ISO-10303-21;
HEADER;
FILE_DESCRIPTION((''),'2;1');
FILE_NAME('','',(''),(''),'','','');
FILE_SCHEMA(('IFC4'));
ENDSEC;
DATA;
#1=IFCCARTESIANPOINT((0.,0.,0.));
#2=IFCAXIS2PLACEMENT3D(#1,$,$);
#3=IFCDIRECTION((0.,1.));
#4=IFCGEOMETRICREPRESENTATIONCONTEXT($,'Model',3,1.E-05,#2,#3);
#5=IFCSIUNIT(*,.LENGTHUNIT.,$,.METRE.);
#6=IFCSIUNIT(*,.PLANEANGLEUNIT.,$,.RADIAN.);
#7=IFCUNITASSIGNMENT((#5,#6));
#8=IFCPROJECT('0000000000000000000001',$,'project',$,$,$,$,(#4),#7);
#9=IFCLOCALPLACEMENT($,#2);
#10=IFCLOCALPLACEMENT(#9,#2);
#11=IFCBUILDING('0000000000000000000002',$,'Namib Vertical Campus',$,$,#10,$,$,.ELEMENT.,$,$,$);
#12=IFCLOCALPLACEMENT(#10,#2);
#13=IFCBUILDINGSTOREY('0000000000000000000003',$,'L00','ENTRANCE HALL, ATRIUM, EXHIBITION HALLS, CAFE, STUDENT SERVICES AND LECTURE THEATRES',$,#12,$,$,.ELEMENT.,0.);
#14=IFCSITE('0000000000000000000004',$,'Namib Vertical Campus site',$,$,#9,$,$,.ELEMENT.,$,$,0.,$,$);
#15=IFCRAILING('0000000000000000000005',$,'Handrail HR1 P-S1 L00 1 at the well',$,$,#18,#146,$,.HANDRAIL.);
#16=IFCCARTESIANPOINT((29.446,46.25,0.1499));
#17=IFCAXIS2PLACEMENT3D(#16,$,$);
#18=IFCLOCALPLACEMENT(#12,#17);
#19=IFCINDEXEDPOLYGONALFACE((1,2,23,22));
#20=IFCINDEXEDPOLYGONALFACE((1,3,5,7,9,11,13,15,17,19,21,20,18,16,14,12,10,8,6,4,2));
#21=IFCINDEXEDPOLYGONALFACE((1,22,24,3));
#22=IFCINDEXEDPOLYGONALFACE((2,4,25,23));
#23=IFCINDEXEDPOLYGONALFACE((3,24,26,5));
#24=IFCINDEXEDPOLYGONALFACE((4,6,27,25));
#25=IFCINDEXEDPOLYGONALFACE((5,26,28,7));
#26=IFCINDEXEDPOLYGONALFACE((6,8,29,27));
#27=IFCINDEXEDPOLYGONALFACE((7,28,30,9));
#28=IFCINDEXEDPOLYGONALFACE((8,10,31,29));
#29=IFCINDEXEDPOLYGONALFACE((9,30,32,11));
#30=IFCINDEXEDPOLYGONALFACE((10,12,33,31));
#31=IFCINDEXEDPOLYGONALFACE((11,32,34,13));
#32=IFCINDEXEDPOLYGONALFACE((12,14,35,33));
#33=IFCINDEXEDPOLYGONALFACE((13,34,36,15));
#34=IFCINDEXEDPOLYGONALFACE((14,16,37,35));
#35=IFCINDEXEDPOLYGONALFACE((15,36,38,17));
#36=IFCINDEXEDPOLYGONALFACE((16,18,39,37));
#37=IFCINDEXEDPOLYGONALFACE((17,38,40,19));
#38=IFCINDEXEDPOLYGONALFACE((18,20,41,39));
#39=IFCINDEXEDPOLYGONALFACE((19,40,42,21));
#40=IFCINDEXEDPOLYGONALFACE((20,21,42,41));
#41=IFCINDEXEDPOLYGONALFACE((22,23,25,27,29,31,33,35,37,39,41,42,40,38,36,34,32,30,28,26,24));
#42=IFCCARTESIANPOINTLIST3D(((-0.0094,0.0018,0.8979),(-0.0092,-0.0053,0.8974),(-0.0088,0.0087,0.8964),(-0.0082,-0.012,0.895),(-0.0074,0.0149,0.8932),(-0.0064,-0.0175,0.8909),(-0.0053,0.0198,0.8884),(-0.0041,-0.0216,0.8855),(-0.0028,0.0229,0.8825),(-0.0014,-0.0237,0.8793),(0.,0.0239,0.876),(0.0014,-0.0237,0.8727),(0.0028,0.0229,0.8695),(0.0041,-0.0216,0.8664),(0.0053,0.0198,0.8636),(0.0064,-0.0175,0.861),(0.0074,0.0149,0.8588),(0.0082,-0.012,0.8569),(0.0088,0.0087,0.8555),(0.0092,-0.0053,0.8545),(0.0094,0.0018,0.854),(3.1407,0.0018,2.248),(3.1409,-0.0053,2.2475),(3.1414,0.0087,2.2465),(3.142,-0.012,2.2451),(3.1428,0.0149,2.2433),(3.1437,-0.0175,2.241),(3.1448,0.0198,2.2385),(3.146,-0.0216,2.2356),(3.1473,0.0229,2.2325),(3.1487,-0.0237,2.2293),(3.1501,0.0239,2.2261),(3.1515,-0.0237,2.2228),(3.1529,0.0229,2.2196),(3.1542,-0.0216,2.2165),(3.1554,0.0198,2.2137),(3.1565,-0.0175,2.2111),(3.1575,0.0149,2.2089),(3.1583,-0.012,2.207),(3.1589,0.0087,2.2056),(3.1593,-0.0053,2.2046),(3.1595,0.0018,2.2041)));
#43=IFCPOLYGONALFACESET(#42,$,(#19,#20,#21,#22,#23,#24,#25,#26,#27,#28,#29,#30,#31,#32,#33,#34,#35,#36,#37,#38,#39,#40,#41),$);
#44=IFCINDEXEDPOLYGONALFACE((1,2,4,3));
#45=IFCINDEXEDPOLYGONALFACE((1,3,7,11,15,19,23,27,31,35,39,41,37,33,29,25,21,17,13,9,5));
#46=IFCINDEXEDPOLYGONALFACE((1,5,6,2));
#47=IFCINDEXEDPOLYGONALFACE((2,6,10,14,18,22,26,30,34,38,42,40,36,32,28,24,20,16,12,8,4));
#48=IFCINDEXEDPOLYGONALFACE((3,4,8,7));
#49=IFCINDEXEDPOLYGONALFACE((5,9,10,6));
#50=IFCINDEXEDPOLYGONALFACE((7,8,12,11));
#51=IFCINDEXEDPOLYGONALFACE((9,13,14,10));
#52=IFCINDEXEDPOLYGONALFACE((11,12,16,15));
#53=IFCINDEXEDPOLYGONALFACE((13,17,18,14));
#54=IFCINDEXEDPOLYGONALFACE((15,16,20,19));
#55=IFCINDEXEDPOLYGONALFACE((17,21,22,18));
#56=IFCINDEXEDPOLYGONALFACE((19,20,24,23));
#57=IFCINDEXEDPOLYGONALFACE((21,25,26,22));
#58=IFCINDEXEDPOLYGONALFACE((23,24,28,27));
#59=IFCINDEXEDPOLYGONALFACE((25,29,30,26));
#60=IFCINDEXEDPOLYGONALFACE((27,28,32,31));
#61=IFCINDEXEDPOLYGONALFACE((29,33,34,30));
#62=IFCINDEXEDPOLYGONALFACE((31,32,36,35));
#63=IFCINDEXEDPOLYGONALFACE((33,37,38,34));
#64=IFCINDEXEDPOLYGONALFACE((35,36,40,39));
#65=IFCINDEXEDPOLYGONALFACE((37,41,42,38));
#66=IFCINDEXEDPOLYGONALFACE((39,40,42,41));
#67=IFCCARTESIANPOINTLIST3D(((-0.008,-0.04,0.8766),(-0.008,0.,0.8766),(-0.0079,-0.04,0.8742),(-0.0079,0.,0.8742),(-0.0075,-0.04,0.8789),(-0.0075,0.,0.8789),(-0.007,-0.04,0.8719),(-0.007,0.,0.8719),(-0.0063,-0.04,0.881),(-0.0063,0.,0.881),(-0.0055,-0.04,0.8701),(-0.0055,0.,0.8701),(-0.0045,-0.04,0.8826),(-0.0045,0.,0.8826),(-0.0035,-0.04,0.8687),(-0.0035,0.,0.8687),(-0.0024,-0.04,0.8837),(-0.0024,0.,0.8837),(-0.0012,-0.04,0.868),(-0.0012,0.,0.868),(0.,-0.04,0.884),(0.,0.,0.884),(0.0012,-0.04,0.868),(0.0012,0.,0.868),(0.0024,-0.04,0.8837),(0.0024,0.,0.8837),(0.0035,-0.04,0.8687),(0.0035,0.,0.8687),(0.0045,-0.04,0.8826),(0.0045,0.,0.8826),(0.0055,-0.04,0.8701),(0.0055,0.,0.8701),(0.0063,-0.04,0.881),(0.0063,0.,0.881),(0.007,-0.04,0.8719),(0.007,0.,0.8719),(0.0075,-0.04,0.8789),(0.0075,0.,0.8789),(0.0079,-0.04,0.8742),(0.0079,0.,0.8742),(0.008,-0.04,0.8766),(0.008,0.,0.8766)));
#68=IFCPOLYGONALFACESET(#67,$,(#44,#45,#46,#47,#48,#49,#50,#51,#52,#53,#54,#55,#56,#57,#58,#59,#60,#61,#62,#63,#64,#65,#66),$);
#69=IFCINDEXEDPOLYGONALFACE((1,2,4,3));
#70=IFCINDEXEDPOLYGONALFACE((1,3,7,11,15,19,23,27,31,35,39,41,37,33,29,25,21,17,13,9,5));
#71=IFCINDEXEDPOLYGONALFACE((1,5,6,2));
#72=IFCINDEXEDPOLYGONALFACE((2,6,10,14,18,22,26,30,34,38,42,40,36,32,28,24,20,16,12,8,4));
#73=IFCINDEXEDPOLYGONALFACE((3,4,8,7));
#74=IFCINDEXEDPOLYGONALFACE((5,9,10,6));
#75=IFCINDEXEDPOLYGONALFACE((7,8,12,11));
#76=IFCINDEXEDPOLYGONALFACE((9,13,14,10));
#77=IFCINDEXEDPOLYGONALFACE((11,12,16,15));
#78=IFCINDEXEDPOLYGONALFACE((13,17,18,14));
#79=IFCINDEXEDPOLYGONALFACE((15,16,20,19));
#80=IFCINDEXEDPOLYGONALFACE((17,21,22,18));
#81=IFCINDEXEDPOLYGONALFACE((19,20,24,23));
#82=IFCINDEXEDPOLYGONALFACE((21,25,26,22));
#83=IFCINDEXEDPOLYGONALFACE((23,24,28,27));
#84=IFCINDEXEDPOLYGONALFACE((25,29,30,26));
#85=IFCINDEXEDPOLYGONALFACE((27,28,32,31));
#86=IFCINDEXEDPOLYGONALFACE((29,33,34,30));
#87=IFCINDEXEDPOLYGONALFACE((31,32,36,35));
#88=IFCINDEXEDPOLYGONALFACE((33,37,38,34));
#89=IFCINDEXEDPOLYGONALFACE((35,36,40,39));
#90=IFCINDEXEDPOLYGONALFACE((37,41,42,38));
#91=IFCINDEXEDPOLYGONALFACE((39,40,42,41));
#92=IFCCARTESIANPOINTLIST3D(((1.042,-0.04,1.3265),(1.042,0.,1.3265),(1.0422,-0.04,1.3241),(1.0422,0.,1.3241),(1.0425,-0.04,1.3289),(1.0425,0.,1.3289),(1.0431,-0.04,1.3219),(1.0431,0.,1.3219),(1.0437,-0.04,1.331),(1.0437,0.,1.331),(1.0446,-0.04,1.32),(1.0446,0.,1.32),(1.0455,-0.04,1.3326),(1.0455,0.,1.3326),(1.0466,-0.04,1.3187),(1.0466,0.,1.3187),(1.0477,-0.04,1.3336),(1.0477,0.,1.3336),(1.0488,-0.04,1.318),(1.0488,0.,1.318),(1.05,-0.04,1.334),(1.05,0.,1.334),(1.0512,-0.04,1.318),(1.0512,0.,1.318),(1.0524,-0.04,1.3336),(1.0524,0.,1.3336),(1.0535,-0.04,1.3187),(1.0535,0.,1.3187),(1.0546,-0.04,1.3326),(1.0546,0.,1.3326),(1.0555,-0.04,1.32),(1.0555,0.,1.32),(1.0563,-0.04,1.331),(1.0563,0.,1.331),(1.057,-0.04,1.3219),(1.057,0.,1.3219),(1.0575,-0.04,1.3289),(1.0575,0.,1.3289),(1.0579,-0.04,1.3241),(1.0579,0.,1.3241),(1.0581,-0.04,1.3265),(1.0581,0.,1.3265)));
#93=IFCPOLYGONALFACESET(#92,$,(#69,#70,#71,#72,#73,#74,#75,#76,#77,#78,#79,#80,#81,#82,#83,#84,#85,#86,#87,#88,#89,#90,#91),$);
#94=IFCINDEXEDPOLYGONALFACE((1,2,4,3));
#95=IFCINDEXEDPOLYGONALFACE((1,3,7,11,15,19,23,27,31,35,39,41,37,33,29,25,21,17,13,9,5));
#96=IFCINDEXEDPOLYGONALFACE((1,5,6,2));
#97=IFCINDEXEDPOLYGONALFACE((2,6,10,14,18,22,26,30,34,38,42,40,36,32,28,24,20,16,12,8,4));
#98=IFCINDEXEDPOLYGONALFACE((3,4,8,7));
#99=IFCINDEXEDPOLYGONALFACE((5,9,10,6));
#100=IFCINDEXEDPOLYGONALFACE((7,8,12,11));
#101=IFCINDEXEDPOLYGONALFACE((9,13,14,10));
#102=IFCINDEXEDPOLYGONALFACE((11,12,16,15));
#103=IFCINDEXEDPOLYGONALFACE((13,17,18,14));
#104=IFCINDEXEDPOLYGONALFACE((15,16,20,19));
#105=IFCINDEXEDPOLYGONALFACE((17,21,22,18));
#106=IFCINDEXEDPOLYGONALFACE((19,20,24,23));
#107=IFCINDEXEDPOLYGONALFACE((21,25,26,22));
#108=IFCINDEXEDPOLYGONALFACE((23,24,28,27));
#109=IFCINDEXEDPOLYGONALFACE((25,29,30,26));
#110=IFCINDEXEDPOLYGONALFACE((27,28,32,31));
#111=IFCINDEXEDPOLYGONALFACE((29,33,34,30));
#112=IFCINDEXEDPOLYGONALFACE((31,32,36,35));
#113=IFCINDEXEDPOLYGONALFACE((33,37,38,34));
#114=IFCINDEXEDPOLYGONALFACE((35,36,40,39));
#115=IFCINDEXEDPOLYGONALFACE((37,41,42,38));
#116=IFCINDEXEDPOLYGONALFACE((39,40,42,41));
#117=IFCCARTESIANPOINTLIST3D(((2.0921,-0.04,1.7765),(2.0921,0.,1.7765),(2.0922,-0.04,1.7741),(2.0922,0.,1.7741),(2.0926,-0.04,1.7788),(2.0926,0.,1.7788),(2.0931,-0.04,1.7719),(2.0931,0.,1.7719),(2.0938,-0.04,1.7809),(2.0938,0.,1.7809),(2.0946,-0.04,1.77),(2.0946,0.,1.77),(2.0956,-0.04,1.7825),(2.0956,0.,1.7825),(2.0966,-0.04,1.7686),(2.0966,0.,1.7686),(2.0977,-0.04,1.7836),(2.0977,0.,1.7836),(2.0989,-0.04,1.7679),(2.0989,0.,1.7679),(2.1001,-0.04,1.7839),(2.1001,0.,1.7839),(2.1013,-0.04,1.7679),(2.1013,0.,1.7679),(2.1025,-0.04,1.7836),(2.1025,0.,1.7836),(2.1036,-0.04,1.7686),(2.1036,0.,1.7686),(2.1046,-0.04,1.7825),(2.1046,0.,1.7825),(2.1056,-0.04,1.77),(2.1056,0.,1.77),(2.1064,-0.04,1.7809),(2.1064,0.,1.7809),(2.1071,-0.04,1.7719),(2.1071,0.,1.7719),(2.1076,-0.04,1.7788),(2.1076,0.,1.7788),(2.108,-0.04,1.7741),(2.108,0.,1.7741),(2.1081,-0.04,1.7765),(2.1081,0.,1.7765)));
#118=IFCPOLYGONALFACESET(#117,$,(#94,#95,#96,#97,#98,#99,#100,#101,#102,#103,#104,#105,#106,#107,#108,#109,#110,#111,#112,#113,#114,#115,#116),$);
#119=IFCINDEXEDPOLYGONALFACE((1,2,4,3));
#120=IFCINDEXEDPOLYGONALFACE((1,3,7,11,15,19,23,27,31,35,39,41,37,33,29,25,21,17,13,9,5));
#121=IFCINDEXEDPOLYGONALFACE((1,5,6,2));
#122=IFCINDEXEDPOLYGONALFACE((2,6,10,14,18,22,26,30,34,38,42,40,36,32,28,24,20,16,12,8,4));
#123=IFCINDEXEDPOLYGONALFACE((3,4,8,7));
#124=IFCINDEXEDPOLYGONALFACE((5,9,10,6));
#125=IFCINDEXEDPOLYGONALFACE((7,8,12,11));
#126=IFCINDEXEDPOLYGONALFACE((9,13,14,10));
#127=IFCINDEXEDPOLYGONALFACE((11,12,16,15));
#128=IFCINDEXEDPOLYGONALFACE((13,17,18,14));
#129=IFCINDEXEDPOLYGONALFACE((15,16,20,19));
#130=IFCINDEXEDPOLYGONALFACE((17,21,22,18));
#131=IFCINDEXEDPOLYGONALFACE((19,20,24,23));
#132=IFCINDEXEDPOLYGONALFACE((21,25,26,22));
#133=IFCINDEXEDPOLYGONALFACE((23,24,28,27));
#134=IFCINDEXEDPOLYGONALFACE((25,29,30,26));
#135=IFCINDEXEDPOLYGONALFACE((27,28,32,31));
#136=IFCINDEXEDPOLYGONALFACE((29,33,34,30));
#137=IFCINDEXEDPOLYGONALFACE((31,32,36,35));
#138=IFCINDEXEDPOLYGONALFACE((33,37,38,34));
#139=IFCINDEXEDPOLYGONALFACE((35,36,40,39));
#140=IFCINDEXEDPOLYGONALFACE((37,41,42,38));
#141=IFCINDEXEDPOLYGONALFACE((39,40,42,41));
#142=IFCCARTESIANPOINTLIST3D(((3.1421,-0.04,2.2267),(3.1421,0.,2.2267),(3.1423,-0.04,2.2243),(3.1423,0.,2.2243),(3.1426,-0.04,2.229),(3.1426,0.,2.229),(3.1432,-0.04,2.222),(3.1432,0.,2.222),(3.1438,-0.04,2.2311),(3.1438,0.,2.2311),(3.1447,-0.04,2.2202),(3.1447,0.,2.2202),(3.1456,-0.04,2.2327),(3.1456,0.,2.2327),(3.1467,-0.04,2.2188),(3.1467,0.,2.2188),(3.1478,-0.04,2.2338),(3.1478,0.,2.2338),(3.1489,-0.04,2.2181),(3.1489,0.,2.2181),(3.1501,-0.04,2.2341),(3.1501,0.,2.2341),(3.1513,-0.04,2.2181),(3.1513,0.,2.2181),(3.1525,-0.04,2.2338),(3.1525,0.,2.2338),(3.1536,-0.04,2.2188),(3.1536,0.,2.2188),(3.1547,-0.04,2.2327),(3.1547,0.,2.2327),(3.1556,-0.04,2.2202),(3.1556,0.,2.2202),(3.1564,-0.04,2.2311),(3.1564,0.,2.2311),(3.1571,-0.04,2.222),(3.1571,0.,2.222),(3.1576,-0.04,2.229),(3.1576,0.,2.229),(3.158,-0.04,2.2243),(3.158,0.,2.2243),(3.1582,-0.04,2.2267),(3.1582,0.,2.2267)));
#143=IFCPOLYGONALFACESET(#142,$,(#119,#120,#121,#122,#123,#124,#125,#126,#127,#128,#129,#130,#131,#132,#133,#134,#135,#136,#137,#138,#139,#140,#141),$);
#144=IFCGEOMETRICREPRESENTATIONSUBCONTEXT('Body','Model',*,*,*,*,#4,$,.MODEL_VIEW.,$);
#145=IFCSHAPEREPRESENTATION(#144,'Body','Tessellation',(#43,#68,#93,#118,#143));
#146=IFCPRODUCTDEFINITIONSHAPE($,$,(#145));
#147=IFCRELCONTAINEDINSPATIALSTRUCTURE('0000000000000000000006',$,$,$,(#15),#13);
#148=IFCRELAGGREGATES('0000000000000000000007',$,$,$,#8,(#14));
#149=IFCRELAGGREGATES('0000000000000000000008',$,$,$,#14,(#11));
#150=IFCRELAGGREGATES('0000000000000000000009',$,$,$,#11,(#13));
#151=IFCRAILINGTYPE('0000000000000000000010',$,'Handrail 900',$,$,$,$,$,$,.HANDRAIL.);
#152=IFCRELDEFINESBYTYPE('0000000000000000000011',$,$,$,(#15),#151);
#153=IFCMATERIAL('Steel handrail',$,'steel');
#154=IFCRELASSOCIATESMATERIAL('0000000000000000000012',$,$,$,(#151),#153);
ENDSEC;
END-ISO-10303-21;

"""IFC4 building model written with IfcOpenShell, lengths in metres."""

from ifc_helpers import new_model, si_unit, direction, frame, origin, origin_2d, place, context, subcontext, project, spatial, circle, extrude, material, type_object, element, save


model = new_model("IFC4")

# Units and contexts
model_context = context("Model", 3, precision=1e-05, world=origin(), true_north=direction((0.0, 1.0)))
body_context = subcontext(model_context, "Body", "Model", "MODEL_VIEW")
ifc_project = project(units=[si_unit("LENGTHUNIT", "METRE"), si_unit("PLANEANGLEUNIT", "RADIAN")], contexts=[model_context])

# Site, building, storey
site_placement = place(None, origin())
site = spatial("IfcSite", under=ifc_project, at=site_placement, Name="Namib Vertical Campus site", CompositionType="ELEMENT", RefElevation=0.0)
building_placement = place(site_placement, origin())
building = spatial("IfcBuilding", under=site, at=building_placement, Name="Namib Vertical Campus", CompositionType="ELEMENT")
storey_placement = place(building_placement, origin())
storey = spatial("IfcBuildingStorey", under=building, at=storey_placement, Name="L00", Description="ENTRANCE HALL, ATRIUM, EXHIBITION HALLS, CAFE, STUDENT SERVICES AND LECTURE THEATRES", CompositionType="ELEMENT", Elevation=0.0)

# Railing
ifc_material_1 = material(Name="Steel handrail", Category="steel")
railing_type = type_object("IfcRailingType", Name="Handrail 900", PredefinedType="HANDRAIL", material=ifc_material_1)
railing_1_placement = place(storey_placement, frame((29.446, 46.25, 0.1499)))
element("IfcRailing", 1, at=railing_1_placement, inside=storey, type_object=railing_type, Name="Handrail HR1 P-S1 L00 1 at the well", PredefinedType="HANDRAIL", context=body_context, shape_type="SweptSolid", body=[
    extrude(circle(Radius=0.0239, at=origin_2d()), frame((0.0, 0.0, 0.876), z_axis=(0.919141, 0.0, 0.393928), x_axis=(0.0, 1.0, 0.0)), (0.0, 0.0, 1.0), 3.4272),
    extrude(circle(Radius=0.0081, at=origin_2d()), frame((0.0, 0.0, 0.876), z_axis=(0.0, -1.0, 0.0), x_axis=(0.0, 0.0, 1.0)), (0.0, 0.0, 1.0), 0.04),
    extrude(circle(Radius=0.0081, at=origin_2d()), frame((1.05, 0.0, 1.3259), z_axis=(0.0, -1.0, 0.0), x_axis=(0.0, 0.0, 1.0)), (0.0, 0.0, 1.0), 0.04),
    extrude(circle(Radius=0.0081, at=origin_2d()), frame((2.1001, 0.0, 1.7759), z_axis=(0.0, -1.0, 0.0), x_axis=(0.0, 0.0, 1.0)), (0.0, 0.0, 1.0), 0.04),
    extrude(circle(Radius=0.0081, at=origin_2d()), frame((3.1501, 0.0, 2.2261), z_axis=(0.0, -1.0, 0.0), x_axis=(0.0, 0.0, 1.0)), (0.0, 0.0, 1.0), 0.04),
])

save(model, "model.ifc")
